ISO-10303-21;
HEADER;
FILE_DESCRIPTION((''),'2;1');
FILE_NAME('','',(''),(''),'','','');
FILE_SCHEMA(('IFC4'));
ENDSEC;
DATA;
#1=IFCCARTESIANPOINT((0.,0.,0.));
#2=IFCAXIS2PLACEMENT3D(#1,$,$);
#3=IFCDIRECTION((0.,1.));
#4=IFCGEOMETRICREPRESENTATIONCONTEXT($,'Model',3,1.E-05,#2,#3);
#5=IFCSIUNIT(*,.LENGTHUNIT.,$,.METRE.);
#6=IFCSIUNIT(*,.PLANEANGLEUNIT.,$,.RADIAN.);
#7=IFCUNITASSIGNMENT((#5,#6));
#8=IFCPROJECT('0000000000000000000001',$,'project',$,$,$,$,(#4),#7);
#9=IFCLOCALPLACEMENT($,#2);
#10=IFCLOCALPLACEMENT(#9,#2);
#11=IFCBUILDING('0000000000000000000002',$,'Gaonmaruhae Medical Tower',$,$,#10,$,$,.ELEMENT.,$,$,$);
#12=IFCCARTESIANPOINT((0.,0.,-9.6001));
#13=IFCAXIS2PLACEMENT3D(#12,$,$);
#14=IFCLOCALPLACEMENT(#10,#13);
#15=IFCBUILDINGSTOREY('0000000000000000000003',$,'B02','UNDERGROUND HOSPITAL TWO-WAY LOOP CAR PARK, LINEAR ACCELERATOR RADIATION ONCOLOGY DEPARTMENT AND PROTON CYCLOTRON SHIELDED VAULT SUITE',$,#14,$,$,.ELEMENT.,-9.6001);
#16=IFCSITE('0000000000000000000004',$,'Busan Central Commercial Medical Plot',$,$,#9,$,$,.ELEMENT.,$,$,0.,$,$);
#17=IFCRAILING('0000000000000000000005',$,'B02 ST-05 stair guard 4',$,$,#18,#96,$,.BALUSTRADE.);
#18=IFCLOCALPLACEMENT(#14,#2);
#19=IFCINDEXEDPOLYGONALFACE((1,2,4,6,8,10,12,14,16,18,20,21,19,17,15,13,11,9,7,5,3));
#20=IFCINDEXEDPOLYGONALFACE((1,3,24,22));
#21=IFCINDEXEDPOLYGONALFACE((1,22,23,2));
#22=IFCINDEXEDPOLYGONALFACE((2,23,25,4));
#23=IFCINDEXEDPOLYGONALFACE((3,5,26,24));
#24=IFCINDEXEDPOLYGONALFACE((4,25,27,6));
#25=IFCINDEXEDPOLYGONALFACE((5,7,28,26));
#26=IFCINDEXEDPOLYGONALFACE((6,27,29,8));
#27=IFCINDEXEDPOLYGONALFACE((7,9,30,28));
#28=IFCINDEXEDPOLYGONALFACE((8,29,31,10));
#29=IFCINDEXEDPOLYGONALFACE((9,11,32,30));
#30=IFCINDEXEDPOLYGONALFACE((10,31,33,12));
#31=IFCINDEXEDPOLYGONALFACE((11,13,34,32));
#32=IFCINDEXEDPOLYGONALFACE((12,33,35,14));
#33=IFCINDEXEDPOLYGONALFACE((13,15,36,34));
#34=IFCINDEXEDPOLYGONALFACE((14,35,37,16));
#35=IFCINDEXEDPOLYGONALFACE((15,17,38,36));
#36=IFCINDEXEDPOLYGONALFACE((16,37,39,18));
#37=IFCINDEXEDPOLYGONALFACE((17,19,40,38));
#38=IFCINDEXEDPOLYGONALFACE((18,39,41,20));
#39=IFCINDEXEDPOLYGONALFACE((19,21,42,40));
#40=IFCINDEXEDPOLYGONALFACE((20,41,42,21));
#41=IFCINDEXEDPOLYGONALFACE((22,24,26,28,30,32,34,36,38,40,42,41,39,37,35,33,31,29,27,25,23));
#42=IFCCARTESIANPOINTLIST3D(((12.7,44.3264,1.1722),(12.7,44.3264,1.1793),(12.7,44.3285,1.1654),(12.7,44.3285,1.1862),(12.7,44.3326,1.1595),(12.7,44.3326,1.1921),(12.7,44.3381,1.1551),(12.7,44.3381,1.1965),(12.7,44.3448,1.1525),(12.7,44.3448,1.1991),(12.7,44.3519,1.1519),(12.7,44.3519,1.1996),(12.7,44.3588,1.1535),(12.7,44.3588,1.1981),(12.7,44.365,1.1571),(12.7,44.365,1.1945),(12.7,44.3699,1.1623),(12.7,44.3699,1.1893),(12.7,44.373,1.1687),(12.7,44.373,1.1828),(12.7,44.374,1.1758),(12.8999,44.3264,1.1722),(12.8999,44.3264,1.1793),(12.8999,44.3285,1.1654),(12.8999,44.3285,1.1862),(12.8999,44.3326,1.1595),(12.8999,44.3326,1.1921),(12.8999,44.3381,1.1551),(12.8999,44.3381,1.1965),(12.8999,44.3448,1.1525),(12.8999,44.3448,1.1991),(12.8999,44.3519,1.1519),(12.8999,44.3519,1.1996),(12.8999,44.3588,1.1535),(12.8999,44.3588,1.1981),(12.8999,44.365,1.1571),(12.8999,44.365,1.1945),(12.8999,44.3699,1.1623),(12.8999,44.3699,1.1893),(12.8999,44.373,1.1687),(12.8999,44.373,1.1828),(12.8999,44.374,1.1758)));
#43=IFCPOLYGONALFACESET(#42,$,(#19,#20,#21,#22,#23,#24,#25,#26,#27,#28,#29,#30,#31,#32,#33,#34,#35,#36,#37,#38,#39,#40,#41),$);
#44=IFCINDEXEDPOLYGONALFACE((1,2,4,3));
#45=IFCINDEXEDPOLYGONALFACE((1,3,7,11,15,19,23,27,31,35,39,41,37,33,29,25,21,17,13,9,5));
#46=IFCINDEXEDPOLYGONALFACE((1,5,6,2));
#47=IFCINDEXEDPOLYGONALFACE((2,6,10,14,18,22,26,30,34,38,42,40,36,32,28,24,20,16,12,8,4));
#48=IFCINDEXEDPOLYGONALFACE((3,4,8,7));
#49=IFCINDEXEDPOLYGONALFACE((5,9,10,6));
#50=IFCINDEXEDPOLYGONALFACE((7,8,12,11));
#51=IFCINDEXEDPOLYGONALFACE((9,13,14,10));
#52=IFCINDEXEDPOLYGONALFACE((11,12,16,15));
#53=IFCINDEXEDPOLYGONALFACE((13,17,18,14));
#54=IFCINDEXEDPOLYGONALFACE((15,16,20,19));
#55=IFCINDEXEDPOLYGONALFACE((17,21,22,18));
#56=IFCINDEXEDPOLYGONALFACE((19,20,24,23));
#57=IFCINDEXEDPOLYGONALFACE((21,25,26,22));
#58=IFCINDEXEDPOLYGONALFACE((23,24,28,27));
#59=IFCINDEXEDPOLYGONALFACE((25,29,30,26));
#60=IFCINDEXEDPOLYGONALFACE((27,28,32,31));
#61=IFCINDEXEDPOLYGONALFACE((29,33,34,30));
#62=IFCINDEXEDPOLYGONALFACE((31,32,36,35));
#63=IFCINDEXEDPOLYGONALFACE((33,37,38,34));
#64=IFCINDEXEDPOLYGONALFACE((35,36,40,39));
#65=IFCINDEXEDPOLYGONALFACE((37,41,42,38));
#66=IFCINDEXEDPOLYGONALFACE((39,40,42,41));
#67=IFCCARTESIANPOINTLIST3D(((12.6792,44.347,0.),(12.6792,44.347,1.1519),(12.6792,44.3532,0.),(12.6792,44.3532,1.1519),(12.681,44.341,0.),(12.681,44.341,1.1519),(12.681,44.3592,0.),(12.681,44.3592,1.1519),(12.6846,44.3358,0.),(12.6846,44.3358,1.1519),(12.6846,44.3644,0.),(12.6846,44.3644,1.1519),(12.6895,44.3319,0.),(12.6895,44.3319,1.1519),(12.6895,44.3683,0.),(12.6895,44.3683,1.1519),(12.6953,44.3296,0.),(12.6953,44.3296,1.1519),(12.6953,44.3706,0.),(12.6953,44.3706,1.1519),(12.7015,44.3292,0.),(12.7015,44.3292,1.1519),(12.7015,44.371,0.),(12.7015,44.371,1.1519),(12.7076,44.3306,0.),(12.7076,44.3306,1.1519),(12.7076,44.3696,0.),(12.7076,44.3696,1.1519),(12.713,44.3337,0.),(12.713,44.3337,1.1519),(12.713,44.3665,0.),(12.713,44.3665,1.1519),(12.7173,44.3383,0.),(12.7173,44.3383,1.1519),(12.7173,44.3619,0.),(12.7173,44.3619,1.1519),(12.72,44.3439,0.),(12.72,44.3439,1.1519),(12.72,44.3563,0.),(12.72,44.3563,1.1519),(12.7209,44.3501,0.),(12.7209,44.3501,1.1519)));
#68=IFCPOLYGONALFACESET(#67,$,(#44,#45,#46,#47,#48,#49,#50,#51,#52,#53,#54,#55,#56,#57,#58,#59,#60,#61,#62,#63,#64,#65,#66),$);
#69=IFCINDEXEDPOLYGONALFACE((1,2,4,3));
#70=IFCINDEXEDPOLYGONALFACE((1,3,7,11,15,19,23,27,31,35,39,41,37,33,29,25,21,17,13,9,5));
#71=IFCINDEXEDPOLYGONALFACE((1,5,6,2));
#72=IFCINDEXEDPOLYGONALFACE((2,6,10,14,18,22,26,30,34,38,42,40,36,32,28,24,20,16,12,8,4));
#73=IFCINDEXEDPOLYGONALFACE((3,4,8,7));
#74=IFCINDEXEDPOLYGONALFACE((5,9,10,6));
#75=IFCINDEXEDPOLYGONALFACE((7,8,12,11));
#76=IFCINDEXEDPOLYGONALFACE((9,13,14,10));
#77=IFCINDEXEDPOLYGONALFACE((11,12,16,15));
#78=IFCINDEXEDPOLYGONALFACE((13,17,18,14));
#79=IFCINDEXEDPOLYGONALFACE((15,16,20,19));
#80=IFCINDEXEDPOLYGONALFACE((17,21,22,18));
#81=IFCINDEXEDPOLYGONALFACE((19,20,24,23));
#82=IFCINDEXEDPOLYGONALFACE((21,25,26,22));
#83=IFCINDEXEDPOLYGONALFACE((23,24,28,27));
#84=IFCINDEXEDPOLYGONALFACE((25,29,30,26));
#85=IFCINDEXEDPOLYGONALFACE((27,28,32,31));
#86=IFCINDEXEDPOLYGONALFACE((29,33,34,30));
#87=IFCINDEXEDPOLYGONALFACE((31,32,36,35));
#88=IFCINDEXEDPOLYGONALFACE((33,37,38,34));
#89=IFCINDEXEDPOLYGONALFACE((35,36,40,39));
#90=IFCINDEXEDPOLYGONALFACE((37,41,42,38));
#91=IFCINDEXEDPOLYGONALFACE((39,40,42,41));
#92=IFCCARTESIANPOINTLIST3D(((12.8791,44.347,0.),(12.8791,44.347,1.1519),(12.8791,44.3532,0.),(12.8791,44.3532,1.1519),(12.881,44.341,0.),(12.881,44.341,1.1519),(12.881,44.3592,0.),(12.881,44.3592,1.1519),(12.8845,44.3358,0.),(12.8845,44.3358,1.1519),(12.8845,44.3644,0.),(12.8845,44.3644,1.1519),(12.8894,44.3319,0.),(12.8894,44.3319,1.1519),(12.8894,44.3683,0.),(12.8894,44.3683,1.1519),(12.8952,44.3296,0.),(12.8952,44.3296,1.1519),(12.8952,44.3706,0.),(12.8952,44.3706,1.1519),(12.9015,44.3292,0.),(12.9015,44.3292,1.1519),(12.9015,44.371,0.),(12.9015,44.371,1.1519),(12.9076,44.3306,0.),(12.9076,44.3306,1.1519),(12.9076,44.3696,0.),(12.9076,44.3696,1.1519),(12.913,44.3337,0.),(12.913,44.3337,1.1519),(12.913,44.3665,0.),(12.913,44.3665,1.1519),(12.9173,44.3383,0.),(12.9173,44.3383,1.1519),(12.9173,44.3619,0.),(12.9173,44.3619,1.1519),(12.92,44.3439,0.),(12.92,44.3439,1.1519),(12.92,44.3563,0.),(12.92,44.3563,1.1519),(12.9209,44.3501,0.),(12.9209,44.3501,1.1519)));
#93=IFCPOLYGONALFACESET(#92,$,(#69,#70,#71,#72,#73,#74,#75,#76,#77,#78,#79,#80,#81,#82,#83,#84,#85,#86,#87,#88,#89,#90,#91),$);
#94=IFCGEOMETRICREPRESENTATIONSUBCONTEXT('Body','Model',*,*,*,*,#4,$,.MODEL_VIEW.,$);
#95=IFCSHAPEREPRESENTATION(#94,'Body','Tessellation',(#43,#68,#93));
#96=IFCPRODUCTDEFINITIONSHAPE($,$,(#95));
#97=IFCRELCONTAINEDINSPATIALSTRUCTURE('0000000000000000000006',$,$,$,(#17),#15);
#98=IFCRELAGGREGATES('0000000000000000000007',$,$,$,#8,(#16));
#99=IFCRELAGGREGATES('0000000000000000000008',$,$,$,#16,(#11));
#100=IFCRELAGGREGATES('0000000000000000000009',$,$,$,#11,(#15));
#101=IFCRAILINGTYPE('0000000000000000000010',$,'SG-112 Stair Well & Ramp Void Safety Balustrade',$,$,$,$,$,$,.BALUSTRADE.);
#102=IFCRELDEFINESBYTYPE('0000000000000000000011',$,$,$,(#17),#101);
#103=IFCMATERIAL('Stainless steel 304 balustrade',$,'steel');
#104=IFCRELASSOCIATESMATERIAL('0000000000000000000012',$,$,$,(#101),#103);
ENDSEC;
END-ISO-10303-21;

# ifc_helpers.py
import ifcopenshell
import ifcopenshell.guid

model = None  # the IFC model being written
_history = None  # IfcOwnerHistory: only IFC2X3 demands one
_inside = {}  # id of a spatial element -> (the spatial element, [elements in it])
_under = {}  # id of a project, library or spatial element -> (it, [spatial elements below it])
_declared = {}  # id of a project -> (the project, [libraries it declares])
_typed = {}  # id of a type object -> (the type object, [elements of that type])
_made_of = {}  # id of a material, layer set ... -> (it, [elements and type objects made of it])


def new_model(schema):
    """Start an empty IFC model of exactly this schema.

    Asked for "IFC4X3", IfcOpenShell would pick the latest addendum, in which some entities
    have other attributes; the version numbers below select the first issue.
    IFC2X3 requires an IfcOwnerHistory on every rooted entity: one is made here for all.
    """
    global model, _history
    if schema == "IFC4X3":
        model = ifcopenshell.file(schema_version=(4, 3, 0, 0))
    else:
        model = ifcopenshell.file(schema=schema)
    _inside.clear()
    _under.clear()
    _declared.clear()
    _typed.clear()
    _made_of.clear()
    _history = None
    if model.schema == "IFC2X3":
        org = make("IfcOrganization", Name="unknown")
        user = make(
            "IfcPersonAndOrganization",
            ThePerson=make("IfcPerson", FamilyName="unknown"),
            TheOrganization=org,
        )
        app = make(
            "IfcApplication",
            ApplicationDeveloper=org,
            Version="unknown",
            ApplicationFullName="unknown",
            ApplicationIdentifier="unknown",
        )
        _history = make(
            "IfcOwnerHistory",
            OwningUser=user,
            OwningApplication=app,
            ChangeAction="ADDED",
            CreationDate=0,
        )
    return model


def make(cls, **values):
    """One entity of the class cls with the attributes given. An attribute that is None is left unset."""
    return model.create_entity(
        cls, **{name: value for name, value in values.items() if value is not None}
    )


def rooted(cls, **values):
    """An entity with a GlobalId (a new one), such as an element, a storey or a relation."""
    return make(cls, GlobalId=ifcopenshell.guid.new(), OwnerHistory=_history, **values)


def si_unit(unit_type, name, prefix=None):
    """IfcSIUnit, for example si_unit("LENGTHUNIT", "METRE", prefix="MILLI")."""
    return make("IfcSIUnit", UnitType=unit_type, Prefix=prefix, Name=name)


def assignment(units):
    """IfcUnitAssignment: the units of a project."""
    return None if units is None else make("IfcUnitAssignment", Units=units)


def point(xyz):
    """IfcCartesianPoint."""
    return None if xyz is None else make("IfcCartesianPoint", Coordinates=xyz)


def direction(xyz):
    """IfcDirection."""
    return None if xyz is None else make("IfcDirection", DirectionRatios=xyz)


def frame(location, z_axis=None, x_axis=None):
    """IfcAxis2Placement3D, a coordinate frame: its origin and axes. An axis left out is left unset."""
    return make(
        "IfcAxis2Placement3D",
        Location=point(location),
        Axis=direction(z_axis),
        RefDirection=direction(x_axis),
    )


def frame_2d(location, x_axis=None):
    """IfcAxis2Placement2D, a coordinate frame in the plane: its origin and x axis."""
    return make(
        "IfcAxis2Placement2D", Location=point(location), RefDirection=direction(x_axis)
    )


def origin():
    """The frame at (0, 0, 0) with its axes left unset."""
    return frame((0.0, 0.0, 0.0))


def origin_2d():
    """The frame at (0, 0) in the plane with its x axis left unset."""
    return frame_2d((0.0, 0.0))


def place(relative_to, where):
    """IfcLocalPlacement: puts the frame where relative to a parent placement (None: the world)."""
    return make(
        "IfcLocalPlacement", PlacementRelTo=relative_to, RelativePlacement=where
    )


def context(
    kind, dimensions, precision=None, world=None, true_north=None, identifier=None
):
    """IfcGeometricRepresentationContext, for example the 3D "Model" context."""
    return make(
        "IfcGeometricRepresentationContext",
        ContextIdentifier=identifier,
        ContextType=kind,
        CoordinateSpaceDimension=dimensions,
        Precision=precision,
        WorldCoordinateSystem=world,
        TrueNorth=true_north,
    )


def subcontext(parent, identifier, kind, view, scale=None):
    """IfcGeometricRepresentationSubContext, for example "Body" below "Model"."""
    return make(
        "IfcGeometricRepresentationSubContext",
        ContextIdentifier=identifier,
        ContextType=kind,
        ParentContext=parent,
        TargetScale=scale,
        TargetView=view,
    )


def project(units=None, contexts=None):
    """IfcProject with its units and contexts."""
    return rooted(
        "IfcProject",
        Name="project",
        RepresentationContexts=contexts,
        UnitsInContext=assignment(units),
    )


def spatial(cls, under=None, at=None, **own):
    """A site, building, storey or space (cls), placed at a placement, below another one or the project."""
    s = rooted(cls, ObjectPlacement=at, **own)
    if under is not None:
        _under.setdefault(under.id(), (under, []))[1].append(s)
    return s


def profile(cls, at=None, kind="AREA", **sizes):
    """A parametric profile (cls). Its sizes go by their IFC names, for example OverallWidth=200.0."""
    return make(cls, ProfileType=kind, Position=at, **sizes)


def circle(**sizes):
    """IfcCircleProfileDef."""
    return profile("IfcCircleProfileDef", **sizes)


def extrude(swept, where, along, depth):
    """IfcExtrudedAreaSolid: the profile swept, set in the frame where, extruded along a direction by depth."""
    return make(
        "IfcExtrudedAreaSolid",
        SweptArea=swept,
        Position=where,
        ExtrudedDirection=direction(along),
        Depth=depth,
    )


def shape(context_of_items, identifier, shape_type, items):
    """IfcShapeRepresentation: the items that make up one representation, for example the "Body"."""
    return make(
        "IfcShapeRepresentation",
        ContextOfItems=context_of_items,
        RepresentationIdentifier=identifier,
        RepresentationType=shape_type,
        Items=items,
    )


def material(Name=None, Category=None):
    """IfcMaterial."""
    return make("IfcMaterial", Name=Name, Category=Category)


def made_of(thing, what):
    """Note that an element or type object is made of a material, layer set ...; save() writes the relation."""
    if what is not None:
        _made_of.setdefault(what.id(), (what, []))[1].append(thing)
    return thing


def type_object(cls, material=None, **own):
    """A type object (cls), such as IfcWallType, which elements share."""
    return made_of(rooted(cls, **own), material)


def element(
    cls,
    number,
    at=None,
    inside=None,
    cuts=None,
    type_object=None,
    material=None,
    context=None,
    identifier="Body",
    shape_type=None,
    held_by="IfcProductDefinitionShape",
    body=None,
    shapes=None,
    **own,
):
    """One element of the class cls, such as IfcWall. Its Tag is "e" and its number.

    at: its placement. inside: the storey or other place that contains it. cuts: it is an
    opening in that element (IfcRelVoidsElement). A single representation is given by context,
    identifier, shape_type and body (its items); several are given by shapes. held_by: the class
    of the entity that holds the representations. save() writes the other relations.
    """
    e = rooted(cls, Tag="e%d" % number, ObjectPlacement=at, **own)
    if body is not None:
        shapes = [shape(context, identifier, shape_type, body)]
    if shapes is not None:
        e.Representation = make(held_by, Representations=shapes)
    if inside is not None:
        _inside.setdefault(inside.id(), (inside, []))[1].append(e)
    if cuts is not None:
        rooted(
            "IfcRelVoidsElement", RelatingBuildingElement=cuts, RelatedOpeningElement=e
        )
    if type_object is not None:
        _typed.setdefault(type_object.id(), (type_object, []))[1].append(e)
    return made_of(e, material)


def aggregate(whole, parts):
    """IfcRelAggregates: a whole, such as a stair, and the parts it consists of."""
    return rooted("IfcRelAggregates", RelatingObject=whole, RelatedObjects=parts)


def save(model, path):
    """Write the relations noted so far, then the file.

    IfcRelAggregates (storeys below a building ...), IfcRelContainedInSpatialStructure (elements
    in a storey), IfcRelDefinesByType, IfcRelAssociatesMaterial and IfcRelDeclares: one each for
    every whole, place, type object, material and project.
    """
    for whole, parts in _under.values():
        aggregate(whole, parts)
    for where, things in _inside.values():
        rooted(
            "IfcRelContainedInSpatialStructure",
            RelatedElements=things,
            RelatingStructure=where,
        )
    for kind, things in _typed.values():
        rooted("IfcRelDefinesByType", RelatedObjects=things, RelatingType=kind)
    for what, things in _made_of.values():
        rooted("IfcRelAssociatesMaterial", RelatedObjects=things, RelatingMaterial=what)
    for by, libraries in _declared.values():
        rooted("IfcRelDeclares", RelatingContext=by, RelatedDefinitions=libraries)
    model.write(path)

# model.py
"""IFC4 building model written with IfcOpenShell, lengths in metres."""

from ifc_helpers import new_model, si_unit, direction, frame, origin, origin_2d, place, context, subcontext, project, spatial, circle, extrude, material, type_object, element, save


model = new_model("IFC4")

# Units and contexts
model_context = context("Model", 3, precision=1e-05, world=origin(), true_north=direction((0.0, 1.0)))
body_context = subcontext(model_context, "Body", "Model", "MODEL_VIEW")
ifc_project = project(units=[si_unit("LENGTHUNIT", "METRE"), si_unit("PLANEANGLEUNIT", "RADIAN")], contexts=[model_context])

# Site, building, storey
site_placement = place(None, origin())
site = spatial("IfcSite", under=ifc_project, at=site_placement, Name="Busan Central Commercial Medical Plot", CompositionType="ELEMENT", RefElevation=0.0)
building_placement = place(site_placement, origin())
building = spatial("IfcBuilding", under=site, at=building_placement, Name="Gaonmaruhae Medical Tower", CompositionType="ELEMENT")
storey_placement = place(building_placement, frame((0.0, 0.0, -9.6001)))
storey = spatial("IfcBuildingStorey", under=building, at=storey_placement, Name="B02", Description="UNDERGROUND HOSPITAL TWO-WAY LOOP CAR PARK, LINEAR ACCELERATOR RADIATION ONCOLOGY DEPARTMENT AND PROTON CYCLOTRON SHIELDED VAULT SUITE", CompositionType="ELEMENT", Elevation=-9.6001)

# Railing
ifc_material_1 = material(Name="Stainless steel 304 balustrade", Category="steel")
railing_type_1 = type_object("IfcRailingType", Name="SG-112 Stair Well & Ramp Void Safety Balustrade", PredefinedType="BALUSTRADE", material=ifc_material_1)
railing_1_placement = place(storey_placement, frame((12.7, 44.3501, 0.0)))
element("IfcRailing", 1, at=railing_1_placement, inside=storey, type_object=railing_type_1, Name="B02 ST-05 stair guard 4", PredefinedType="BALUSTRADE", context=body_context, shape_type="SweptSolid", body=[
    extrude(circle(Radius=0.0239, at=origin_2d()), frame((0.0, 0.0, 1.1758), z_axis=(1.0, 0.0, 0.0), x_axis=(0.0, 1.0, 0.0)), (0.0, 0.0, 1.0), 0.2),
    extrude(circle(Radius=0.021, at=origin_2d()), origin(), (0.0, 0.0, 1.0), 1.1519),
    extrude(circle(Radius=0.021, at=origin_2d()), frame((0.2, 0.0, 0.0)), (0.0, 0.0, 1.0), 1.1519),
])

save(model, "model.ifc")
